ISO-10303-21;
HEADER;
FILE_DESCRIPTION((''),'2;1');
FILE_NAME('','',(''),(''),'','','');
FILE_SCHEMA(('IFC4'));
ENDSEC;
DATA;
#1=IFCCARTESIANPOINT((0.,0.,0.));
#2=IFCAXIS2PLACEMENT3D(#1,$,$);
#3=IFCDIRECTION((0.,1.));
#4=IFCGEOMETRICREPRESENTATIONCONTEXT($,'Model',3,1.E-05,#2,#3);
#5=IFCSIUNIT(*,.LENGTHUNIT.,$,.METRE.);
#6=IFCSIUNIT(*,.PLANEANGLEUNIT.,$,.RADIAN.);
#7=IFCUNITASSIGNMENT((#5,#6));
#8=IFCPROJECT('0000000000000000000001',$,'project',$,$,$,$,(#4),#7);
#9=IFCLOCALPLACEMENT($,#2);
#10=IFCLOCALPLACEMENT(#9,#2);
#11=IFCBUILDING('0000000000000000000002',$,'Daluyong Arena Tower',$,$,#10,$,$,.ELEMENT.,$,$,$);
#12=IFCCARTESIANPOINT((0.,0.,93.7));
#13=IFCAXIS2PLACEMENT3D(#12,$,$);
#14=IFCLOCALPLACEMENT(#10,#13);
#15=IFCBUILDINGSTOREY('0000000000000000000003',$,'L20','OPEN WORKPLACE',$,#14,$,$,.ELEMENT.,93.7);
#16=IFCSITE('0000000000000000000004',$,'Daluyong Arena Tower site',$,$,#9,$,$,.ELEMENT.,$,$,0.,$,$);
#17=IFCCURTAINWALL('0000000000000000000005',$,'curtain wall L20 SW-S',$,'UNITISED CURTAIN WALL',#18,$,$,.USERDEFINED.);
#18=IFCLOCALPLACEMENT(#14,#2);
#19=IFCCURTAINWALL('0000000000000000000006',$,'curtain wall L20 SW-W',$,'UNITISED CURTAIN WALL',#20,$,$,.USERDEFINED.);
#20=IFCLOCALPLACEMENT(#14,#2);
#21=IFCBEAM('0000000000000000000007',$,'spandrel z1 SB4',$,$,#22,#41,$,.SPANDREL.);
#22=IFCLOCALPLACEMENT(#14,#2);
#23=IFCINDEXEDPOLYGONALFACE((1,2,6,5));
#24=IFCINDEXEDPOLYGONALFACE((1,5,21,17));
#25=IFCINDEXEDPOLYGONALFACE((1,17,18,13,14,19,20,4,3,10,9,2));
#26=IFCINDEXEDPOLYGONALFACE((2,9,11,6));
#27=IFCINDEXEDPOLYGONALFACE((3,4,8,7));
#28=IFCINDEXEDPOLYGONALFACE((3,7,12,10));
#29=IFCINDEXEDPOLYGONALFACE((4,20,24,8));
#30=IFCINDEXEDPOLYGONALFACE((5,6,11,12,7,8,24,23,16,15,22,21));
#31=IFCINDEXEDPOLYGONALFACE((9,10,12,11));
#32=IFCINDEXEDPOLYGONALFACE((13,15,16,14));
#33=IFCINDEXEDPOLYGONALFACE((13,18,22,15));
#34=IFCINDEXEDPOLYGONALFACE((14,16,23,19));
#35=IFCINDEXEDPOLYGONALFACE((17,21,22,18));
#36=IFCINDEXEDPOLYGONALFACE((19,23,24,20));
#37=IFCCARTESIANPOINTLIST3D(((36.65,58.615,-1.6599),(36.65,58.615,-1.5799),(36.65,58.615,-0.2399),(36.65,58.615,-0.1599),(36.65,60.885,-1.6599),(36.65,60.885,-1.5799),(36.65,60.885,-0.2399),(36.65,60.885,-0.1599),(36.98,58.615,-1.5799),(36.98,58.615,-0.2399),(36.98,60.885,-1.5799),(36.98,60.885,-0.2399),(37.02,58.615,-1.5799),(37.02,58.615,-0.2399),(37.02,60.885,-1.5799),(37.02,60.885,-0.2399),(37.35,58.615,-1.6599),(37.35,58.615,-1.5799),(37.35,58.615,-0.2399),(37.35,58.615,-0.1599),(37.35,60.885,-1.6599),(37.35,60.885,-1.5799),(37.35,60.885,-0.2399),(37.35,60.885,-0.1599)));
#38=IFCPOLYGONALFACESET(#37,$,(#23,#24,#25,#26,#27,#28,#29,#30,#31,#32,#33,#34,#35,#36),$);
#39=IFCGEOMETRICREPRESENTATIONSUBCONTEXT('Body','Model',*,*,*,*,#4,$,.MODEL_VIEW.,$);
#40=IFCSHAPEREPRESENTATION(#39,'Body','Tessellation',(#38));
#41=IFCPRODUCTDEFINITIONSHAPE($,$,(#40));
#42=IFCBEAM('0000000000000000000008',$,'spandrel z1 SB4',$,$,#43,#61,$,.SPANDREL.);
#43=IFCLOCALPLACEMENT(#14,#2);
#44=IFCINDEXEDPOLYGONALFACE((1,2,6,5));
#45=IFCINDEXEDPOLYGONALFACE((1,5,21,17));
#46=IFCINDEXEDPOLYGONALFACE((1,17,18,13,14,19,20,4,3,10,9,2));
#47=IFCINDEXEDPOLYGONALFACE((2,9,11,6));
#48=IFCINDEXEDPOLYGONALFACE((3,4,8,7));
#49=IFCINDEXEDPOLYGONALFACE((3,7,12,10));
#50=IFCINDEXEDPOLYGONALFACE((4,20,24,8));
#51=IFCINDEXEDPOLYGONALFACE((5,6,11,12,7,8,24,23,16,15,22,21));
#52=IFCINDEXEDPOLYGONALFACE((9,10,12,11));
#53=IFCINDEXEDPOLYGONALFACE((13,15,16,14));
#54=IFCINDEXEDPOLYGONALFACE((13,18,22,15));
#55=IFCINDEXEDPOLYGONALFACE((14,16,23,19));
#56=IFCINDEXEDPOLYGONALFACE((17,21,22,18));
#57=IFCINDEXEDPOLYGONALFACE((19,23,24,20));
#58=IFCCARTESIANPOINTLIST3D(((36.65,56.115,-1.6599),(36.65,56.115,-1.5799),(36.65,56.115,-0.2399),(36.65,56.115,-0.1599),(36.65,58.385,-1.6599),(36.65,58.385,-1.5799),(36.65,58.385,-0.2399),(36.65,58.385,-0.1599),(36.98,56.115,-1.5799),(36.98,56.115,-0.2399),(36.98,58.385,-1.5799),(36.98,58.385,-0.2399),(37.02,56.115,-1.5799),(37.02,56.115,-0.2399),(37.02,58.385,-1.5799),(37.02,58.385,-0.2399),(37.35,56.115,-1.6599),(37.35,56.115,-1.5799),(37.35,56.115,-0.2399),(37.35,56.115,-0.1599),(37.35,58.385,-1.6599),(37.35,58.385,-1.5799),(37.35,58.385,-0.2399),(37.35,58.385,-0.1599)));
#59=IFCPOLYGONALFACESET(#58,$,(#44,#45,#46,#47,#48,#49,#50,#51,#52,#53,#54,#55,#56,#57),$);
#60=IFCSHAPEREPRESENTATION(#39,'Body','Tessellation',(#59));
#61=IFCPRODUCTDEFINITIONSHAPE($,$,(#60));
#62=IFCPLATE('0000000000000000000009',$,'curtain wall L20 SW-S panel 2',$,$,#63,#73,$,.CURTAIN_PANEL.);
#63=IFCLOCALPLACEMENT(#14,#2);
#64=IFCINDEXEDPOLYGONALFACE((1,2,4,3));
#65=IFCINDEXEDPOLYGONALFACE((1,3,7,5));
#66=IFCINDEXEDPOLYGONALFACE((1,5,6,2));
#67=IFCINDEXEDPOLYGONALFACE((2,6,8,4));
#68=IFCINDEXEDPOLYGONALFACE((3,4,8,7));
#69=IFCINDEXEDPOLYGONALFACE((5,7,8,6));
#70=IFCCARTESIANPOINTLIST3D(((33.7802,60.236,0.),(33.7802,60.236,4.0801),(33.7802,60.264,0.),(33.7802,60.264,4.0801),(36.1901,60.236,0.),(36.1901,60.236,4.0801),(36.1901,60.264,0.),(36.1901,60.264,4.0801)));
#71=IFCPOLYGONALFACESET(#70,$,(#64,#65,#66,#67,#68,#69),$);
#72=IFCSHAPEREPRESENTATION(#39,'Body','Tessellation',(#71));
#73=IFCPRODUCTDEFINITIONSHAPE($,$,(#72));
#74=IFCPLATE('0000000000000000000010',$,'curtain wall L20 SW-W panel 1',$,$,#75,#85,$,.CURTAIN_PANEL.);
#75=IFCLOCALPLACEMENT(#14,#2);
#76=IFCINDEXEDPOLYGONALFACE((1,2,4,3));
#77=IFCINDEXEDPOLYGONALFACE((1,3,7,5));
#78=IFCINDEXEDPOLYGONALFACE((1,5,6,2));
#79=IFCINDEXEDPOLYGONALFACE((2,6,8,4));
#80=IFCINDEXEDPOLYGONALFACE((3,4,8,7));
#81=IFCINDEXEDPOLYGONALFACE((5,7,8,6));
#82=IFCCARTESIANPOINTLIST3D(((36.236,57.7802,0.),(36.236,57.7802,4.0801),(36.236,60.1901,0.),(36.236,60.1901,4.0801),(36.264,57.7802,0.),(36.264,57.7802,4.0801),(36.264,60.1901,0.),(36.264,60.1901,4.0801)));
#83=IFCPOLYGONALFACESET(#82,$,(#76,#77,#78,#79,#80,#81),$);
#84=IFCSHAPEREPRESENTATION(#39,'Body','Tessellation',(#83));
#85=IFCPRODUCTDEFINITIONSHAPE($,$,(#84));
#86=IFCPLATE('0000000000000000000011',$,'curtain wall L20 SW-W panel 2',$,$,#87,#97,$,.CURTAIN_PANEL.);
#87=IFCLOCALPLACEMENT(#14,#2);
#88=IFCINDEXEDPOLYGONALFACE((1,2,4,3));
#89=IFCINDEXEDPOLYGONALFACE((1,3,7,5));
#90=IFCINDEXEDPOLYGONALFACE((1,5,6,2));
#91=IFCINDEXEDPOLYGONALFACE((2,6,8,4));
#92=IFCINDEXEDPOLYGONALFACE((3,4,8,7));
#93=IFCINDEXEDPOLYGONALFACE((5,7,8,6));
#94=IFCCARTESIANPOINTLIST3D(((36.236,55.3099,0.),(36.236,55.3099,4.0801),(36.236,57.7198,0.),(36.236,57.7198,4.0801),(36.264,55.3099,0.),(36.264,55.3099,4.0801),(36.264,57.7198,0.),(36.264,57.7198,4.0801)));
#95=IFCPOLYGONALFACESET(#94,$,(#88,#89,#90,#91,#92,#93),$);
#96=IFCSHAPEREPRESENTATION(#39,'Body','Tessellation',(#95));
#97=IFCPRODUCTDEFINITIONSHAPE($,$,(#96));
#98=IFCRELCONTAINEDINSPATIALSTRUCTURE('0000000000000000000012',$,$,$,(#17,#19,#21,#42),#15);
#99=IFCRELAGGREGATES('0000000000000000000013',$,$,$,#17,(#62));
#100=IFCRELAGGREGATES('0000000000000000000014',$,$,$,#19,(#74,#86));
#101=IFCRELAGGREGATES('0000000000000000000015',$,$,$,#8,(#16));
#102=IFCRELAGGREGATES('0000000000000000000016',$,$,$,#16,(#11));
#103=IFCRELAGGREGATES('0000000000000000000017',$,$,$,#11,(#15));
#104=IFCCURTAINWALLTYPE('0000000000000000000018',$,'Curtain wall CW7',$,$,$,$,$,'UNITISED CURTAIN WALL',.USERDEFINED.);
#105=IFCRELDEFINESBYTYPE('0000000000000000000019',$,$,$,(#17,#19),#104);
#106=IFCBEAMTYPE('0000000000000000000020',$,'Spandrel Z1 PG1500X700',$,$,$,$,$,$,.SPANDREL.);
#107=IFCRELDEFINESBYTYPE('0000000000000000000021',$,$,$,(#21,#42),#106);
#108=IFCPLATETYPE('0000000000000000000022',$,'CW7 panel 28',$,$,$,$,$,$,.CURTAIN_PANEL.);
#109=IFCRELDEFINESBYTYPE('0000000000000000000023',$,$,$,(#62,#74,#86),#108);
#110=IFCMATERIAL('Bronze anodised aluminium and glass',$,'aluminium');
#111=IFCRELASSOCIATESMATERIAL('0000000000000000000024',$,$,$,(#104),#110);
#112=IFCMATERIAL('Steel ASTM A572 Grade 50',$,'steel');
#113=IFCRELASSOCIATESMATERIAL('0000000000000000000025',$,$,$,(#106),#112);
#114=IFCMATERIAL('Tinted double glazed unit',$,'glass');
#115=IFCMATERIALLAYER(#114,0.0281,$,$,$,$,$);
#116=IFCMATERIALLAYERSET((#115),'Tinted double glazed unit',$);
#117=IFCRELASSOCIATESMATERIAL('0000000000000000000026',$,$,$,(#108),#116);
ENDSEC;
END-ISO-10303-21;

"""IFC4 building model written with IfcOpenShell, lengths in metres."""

from ifc_helpers import new_model, si_unit, direction, frame, origin, origin_2d, place, context, subcontext, project, spatial, rectangle, i_section, extrude, material, layer, layer_set, material_profile, profile_set, type_object, element, aggregate, save


model = new_model("IFC4")

# Units and contexts
model_context = context("Model", 3, precision=1e-05, world=origin(), true_north=direction((0.0, 1.0)))
body_context = subcontext(model_context, "Body", "Model", "MODEL_VIEW")
ifc_project = project(units=[si_unit("LENGTHUNIT", "METRE"), si_unit("PLANEANGLEUNIT", "RADIAN")], contexts=[model_context])

# Site, building, storey
site_placement = place(None, origin())
site = spatial("IfcSite", under=ifc_project, at=site_placement, Name="Daluyong Arena Tower site", CompositionType="ELEMENT", RefElevation=0.0)
building_placement = place(site_placement, origin())
building = spatial("IfcBuilding", under=site, at=building_placement, Name="Daluyong Arena Tower", CompositionType="ELEMENT")
storey_placement = place(building_placement, frame((0.0, 0.0, 93.7)))
storey = spatial("IfcBuildingStorey", under=building, at=storey_placement, Name="L20", Description="OPEN WORKPLACE", CompositionType="ELEMENT", Elevation=93.7)

# Curtain wall
ifc_material_1 = material(Name="Bronze anodised aluminium and glass", Category="aluminium")
curtain_wall_type = type_object("IfcCurtainWallType", Name="Curtain wall CW7", ElementType="UNITISED CURTAIN WALL", PredefinedType="USERDEFINED", material=ifc_material_1)
curtain_wall_1_placement = place(storey_placement, origin())
curtain_wall_1 = element("IfcCurtainWall", 1, at=curtain_wall_1_placement, inside=storey, type_object=curtain_wall_type, Name="curtain wall L20 SW-S", ObjectType="UNITISED CURTAIN WALL", PredefinedType="USERDEFINED")

# Curtain wall
curtain_wall_2_placement = place(storey_placement, origin())
curtain_wall_2 = element("IfcCurtainWall", 2, at=curtain_wall_2_placement, inside=storey, type_object=curtain_wall_type, Name="curtain wall L20 SW-W", ObjectType="UNITISED CURTAIN WALL", PredefinedType="USERDEFINED")

# Beams
ifc_material_2 = material(Name="Steel ASTM A572 Grade 50", Category="steel")
ifc_material_profile_1 = material_profile(ifc_material_2, i_section(OverallWidth=0.7, OverallDepth=1.5, WebThickness=0.04, FlangeThickness=0.08, at=origin_2d()))
ifc_profile_set_1 = profile_set([ifc_material_profile_1], Name="Steel ASTM A572 Grade 50")
beam_type_1 = type_object("IfcBeamType", Name="Spandrel Z1 PG1500X700", PredefinedType="SPANDREL", material=ifc_profile_set_1)
for number, where, z_axis, x_axis, name in (
    (3, (37.0, 60.885, -0.9099), (0.0, -1.0, 0.0), (1.0, 0.0, 0.0), "spandrel z1 SB4"),
    (4, (37.0, 58.385, -0.9099), (0.0, -1.0, 0.0), (1.0, 0.0, 0.0), "spandrel z1 SB4"),
):
    element("IfcBeam", number, at=place(storey_placement, frame(where, z_axis=z_axis, x_axis=x_axis)), inside=storey, type_object=beam_type_1, Name=name, PredefinedType="SPANDREL", context=body_context, shape_type="SweptSolid", body=[
        extrude(i_section(OverallWidth=0.7, OverallDepth=1.5, WebThickness=0.04, FlangeThickness=0.08, at=origin_2d()), origin(), (0.0, 0.0, 1.0), 2.27),
    ])

# Plates
ifc_material_3 = material(Name="Tinted double glazed unit", Category="glass")
ifc_layer_1 = layer(ifc_material_3, 0.0281)
ifc_layer_set_1 = layer_set([ifc_layer_1], Name="Tinted double glazed unit")
plate_type = type_object("IfcPlateType", Name="CW7 panel 28", PredefinedType="CURTAIN_PANEL", material=ifc_layer_set_1)
plate_1_placement = place(storey_placement, frame((34.9851, 60.25, 0.0), z_axis=(0.0, 0.0, 1.0), x_axis=(1.0, 0.0, 0.0)))
plate_1 = element("IfcPlate", 5, at=plate_1_placement, type_object=plate_type, Name="curtain wall L20 SW-S panel 2", PredefinedType="CURTAIN_PANEL", context=body_context, shape_type="SweptSolid", body=[
    extrude(rectangle(XDim=2.4099, YDim=0.0281, at=origin_2d()), origin(), (0.0, 0.0, 1.0), 4.0801),
])
aggregate(curtain_wall_1, [plate_1])
plate_2_placement = place(storey_placement, frame((36.25, 58.9851, 0.0), z_axis=(0.0, 0.0, 1.0), x_axis=(0.0, -1.0, 0.0)))
plate_2 = element("IfcPlate", 6, at=plate_2_placement, type_object=plate_type, Name="curtain wall L20 SW-W panel 1", PredefinedType="CURTAIN_PANEL", context=body_context, shape_type="SweptSolid", body=[
    extrude(rectangle(XDim=2.4099, YDim=0.0281, at=origin_2d()), origin(), (0.0, 0.0, 1.0), 4.0801),
])
plate_3_placement = place(storey_placement, frame((36.25, 56.5149, 0.0), z_axis=(0.0, 0.0, 1.0), x_axis=(0.0, -1.0, 0.0)))
plate_3 = element("IfcPlate", 7, at=plate_3_placement, type_object=plate_type, Name="curtain wall L20 SW-W panel 2", PredefinedType="CURTAIN_PANEL", context=body_context, shape_type="SweptSolid", body=[
    extrude(rectangle(XDim=2.4099, YDim=0.0281, at=origin_2d()), origin(), (0.0, 0.0, 1.0), 4.0801),
])
aggregate(curtain_wall_2, [plate_2, plate_3])

save(model, "model.ifc")
